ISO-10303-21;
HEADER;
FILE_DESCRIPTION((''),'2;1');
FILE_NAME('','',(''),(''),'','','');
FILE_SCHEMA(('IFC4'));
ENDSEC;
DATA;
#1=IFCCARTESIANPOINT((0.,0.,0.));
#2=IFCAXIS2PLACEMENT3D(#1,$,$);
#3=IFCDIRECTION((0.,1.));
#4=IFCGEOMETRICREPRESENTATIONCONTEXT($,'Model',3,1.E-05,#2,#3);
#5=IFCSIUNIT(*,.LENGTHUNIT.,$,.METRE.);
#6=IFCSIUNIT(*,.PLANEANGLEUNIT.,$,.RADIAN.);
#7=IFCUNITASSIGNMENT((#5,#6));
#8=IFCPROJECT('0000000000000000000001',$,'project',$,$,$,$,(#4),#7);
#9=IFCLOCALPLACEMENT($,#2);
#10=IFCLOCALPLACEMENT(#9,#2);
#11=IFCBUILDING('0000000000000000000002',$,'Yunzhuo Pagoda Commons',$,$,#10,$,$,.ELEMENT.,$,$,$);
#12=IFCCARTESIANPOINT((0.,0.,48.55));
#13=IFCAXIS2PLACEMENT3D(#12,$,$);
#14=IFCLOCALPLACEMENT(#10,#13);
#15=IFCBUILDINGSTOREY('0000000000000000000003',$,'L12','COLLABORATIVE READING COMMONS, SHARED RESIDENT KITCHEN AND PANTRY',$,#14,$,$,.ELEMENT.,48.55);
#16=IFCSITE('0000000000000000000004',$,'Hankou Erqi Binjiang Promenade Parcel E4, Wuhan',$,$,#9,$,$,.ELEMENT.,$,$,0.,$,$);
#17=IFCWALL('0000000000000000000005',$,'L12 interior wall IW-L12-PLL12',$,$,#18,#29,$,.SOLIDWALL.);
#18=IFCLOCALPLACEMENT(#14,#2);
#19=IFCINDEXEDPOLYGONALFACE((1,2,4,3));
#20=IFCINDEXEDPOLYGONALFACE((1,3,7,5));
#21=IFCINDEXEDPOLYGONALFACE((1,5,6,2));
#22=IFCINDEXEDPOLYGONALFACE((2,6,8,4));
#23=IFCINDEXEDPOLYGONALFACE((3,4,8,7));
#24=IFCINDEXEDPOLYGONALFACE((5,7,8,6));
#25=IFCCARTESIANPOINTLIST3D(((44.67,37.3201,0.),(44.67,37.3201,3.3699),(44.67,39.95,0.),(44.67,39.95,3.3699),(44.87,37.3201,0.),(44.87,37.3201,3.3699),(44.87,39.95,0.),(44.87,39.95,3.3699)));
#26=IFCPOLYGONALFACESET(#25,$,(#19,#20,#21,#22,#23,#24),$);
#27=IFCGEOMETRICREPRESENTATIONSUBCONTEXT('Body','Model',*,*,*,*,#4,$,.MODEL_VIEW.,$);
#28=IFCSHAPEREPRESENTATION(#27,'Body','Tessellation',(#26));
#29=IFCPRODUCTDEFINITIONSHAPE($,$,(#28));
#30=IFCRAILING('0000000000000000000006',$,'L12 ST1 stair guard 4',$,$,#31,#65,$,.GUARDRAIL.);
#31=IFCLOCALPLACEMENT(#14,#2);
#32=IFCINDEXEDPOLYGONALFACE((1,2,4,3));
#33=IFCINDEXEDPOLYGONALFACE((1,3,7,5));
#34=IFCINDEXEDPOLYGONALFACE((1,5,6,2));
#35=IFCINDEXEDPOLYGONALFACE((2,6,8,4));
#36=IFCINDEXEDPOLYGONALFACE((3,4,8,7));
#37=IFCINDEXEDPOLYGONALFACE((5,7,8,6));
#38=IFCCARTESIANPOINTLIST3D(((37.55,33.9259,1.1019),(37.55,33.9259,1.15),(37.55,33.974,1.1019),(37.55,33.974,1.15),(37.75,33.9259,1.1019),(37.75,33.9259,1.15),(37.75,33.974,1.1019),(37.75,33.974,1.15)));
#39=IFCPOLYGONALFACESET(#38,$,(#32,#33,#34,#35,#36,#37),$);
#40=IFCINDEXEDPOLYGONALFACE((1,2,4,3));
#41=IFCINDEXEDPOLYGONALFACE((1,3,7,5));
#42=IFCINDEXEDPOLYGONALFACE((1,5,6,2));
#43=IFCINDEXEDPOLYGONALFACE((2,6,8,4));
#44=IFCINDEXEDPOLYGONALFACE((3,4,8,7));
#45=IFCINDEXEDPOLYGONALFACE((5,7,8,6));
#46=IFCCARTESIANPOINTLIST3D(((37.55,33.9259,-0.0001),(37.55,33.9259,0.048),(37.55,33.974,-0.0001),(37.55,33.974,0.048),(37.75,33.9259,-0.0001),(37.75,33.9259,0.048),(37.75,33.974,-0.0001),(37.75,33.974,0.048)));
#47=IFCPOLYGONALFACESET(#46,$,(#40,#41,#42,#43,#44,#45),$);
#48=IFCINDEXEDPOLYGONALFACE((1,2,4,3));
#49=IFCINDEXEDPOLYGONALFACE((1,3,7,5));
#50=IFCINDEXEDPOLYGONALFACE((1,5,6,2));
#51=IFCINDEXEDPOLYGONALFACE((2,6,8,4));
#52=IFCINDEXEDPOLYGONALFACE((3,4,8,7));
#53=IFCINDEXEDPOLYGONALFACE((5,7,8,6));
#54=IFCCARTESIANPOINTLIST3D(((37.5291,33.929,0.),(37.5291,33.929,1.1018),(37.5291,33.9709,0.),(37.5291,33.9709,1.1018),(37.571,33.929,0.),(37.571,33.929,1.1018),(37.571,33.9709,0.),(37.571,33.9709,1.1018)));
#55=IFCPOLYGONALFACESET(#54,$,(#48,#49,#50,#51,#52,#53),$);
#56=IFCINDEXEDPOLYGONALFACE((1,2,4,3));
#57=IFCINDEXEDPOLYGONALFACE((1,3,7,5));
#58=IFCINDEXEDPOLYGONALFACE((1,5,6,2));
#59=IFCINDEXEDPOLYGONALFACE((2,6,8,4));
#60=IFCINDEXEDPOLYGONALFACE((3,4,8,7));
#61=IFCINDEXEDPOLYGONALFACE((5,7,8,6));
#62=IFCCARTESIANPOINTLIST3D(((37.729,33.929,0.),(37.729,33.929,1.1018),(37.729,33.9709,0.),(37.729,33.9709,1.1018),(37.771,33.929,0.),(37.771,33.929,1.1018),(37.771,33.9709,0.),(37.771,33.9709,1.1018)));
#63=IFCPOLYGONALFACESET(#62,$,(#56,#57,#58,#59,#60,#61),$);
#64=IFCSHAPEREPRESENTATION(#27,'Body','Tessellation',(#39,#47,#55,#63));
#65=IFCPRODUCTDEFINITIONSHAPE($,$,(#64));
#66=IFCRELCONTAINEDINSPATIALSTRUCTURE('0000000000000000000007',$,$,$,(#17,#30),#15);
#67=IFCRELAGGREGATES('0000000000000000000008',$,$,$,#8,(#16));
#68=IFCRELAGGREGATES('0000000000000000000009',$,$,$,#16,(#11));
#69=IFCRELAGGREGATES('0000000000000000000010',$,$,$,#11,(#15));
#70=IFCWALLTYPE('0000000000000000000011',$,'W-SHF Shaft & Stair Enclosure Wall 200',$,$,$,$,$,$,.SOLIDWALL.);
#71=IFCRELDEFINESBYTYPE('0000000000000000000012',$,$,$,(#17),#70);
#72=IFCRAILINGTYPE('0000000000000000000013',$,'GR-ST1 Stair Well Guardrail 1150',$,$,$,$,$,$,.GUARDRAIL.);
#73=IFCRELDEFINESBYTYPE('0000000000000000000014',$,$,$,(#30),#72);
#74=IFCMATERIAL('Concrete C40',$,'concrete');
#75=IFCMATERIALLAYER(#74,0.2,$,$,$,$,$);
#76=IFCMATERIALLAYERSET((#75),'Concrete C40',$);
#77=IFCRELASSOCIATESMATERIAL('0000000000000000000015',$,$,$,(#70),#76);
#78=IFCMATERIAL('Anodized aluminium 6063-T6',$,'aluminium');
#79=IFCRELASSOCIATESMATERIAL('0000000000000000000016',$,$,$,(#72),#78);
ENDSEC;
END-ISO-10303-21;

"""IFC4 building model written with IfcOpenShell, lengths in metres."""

from ifc_helpers import new_model, si_unit, direction, frame, frame_2d, origin, origin_2d, place, context, subcontext, project, spatial, rectangle, extrude, material, layer, layer_set, type_object, element, save


model = new_model("IFC4")

# Units and contexts
model_context = context("Model", 3, precision=1e-05, world=origin(), true_north=direction((0.0, 1.0)))
body_context = subcontext(model_context, "Body", "Model", "MODEL_VIEW")
ifc_project = project(units=[si_unit("LENGTHUNIT", "METRE"), si_unit("PLANEANGLEUNIT", "RADIAN")], contexts=[model_context])

# Site, building, storey
site_placement = place(None, origin())
site = spatial("IfcSite", under=ifc_project, at=site_placement, Name="Hankou Erqi Binjiang Promenade Parcel E4, Wuhan", CompositionType="ELEMENT", RefElevation=0.0)
building_placement = place(site_placement, origin())
building = spatial("IfcBuilding", under=site, at=building_placement, Name="Yunzhuo Pagoda Commons", CompositionType="ELEMENT")
storey_placement = place(building_placement, frame((0.0, 0.0, 48.55)))
storey = spatial("IfcBuildingStorey", under=building, at=storey_placement, Name="L12", Description="COLLABORATIVE READING COMMONS, SHARED RESIDENT KITCHEN AND PANTRY", CompositionType="ELEMENT", Elevation=48.55)

# Shared definitions
ifc_material_1 = material(Name="Concrete C40", Category="concrete")
ifc_layer_1 = layer(ifc_material_1, 0.2)
ifc_layer_set_1 = layer_set([ifc_layer_1], Name="Concrete C40")
wall_type_1 = type_object("IfcWallType", Name="W-SHF Shaft & Stair Enclosure Wall 200", PredefinedType="SOLIDWALL", material=ifc_layer_set_1)

# Wall
wall_1_placement = place(storey_placement, frame((44.77, 37.3201, 0.0), z_axis=(0.0, 0.0, 1.0), x_axis=(0.0, 1.0, 0.0)))
element("IfcWall", 1, at=wall_1_placement, inside=storey, type_object=wall_type_1, Name="L12 interior wall IW-L12-PLL12", PredefinedType="SOLIDWALL", context=body_context, shape_type="SweptSolid", body=[
    extrude(rectangle(XDim=2.6299, YDim=0.2, at=frame_2d((1.3149, 0.0))), origin(), (0.0, 0.0, 1.0), 3.3699),
])

# Railing
ifc_material_2 = material(Name="Anodized aluminium 6063-T6", Category="aluminium")
railing_type = type_object("IfcRailingType", Name="GR-ST1 Stair Well Guardrail 1150", PredefinedType="GUARDRAIL", material=ifc_material_2)
railing_placement = place(storey_placement, frame((37.55, 33.95, 0.0)))
element("IfcRailing", 2, at=railing_placement, inside=storey, type_object=railing_type, Name="L12 ST1 stair guard 4", PredefinedType="GUARDRAIL", context=body_context, shape_type="SweptSolid", body=[
    extrude(rectangle(XDim=0.0481, YDim=0.0481, at=origin_2d()), frame((0.0, 0.0, 1.126), z_axis=(1.0, 0.0, 0.0), x_axis=(0.0, 1.0, 0.0)), (0.0, 0.0, 1.0), 0.2),
    extrude(rectangle(XDim=0.0481, YDim=0.0481, at=origin_2d()), frame((0.0, 0.0, 0.0239), z_axis=(1.0, 0.0, 0.0), x_axis=(0.0, 1.0, 0.0)), (0.0, 0.0, 1.0), 0.2),
    extrude(rectangle(XDim=0.042, YDim=0.042, at=origin_2d()), origin(), (0.0, 0.0, 1.0), 1.1018),
    extrude(rectangle(XDim=0.042, YDim=0.042, at=origin_2d()), frame((0.2, 0.0, 0.0)), (0.0, 0.0, 1.0), 1.1018),
])

save(model, "model.ifc")
